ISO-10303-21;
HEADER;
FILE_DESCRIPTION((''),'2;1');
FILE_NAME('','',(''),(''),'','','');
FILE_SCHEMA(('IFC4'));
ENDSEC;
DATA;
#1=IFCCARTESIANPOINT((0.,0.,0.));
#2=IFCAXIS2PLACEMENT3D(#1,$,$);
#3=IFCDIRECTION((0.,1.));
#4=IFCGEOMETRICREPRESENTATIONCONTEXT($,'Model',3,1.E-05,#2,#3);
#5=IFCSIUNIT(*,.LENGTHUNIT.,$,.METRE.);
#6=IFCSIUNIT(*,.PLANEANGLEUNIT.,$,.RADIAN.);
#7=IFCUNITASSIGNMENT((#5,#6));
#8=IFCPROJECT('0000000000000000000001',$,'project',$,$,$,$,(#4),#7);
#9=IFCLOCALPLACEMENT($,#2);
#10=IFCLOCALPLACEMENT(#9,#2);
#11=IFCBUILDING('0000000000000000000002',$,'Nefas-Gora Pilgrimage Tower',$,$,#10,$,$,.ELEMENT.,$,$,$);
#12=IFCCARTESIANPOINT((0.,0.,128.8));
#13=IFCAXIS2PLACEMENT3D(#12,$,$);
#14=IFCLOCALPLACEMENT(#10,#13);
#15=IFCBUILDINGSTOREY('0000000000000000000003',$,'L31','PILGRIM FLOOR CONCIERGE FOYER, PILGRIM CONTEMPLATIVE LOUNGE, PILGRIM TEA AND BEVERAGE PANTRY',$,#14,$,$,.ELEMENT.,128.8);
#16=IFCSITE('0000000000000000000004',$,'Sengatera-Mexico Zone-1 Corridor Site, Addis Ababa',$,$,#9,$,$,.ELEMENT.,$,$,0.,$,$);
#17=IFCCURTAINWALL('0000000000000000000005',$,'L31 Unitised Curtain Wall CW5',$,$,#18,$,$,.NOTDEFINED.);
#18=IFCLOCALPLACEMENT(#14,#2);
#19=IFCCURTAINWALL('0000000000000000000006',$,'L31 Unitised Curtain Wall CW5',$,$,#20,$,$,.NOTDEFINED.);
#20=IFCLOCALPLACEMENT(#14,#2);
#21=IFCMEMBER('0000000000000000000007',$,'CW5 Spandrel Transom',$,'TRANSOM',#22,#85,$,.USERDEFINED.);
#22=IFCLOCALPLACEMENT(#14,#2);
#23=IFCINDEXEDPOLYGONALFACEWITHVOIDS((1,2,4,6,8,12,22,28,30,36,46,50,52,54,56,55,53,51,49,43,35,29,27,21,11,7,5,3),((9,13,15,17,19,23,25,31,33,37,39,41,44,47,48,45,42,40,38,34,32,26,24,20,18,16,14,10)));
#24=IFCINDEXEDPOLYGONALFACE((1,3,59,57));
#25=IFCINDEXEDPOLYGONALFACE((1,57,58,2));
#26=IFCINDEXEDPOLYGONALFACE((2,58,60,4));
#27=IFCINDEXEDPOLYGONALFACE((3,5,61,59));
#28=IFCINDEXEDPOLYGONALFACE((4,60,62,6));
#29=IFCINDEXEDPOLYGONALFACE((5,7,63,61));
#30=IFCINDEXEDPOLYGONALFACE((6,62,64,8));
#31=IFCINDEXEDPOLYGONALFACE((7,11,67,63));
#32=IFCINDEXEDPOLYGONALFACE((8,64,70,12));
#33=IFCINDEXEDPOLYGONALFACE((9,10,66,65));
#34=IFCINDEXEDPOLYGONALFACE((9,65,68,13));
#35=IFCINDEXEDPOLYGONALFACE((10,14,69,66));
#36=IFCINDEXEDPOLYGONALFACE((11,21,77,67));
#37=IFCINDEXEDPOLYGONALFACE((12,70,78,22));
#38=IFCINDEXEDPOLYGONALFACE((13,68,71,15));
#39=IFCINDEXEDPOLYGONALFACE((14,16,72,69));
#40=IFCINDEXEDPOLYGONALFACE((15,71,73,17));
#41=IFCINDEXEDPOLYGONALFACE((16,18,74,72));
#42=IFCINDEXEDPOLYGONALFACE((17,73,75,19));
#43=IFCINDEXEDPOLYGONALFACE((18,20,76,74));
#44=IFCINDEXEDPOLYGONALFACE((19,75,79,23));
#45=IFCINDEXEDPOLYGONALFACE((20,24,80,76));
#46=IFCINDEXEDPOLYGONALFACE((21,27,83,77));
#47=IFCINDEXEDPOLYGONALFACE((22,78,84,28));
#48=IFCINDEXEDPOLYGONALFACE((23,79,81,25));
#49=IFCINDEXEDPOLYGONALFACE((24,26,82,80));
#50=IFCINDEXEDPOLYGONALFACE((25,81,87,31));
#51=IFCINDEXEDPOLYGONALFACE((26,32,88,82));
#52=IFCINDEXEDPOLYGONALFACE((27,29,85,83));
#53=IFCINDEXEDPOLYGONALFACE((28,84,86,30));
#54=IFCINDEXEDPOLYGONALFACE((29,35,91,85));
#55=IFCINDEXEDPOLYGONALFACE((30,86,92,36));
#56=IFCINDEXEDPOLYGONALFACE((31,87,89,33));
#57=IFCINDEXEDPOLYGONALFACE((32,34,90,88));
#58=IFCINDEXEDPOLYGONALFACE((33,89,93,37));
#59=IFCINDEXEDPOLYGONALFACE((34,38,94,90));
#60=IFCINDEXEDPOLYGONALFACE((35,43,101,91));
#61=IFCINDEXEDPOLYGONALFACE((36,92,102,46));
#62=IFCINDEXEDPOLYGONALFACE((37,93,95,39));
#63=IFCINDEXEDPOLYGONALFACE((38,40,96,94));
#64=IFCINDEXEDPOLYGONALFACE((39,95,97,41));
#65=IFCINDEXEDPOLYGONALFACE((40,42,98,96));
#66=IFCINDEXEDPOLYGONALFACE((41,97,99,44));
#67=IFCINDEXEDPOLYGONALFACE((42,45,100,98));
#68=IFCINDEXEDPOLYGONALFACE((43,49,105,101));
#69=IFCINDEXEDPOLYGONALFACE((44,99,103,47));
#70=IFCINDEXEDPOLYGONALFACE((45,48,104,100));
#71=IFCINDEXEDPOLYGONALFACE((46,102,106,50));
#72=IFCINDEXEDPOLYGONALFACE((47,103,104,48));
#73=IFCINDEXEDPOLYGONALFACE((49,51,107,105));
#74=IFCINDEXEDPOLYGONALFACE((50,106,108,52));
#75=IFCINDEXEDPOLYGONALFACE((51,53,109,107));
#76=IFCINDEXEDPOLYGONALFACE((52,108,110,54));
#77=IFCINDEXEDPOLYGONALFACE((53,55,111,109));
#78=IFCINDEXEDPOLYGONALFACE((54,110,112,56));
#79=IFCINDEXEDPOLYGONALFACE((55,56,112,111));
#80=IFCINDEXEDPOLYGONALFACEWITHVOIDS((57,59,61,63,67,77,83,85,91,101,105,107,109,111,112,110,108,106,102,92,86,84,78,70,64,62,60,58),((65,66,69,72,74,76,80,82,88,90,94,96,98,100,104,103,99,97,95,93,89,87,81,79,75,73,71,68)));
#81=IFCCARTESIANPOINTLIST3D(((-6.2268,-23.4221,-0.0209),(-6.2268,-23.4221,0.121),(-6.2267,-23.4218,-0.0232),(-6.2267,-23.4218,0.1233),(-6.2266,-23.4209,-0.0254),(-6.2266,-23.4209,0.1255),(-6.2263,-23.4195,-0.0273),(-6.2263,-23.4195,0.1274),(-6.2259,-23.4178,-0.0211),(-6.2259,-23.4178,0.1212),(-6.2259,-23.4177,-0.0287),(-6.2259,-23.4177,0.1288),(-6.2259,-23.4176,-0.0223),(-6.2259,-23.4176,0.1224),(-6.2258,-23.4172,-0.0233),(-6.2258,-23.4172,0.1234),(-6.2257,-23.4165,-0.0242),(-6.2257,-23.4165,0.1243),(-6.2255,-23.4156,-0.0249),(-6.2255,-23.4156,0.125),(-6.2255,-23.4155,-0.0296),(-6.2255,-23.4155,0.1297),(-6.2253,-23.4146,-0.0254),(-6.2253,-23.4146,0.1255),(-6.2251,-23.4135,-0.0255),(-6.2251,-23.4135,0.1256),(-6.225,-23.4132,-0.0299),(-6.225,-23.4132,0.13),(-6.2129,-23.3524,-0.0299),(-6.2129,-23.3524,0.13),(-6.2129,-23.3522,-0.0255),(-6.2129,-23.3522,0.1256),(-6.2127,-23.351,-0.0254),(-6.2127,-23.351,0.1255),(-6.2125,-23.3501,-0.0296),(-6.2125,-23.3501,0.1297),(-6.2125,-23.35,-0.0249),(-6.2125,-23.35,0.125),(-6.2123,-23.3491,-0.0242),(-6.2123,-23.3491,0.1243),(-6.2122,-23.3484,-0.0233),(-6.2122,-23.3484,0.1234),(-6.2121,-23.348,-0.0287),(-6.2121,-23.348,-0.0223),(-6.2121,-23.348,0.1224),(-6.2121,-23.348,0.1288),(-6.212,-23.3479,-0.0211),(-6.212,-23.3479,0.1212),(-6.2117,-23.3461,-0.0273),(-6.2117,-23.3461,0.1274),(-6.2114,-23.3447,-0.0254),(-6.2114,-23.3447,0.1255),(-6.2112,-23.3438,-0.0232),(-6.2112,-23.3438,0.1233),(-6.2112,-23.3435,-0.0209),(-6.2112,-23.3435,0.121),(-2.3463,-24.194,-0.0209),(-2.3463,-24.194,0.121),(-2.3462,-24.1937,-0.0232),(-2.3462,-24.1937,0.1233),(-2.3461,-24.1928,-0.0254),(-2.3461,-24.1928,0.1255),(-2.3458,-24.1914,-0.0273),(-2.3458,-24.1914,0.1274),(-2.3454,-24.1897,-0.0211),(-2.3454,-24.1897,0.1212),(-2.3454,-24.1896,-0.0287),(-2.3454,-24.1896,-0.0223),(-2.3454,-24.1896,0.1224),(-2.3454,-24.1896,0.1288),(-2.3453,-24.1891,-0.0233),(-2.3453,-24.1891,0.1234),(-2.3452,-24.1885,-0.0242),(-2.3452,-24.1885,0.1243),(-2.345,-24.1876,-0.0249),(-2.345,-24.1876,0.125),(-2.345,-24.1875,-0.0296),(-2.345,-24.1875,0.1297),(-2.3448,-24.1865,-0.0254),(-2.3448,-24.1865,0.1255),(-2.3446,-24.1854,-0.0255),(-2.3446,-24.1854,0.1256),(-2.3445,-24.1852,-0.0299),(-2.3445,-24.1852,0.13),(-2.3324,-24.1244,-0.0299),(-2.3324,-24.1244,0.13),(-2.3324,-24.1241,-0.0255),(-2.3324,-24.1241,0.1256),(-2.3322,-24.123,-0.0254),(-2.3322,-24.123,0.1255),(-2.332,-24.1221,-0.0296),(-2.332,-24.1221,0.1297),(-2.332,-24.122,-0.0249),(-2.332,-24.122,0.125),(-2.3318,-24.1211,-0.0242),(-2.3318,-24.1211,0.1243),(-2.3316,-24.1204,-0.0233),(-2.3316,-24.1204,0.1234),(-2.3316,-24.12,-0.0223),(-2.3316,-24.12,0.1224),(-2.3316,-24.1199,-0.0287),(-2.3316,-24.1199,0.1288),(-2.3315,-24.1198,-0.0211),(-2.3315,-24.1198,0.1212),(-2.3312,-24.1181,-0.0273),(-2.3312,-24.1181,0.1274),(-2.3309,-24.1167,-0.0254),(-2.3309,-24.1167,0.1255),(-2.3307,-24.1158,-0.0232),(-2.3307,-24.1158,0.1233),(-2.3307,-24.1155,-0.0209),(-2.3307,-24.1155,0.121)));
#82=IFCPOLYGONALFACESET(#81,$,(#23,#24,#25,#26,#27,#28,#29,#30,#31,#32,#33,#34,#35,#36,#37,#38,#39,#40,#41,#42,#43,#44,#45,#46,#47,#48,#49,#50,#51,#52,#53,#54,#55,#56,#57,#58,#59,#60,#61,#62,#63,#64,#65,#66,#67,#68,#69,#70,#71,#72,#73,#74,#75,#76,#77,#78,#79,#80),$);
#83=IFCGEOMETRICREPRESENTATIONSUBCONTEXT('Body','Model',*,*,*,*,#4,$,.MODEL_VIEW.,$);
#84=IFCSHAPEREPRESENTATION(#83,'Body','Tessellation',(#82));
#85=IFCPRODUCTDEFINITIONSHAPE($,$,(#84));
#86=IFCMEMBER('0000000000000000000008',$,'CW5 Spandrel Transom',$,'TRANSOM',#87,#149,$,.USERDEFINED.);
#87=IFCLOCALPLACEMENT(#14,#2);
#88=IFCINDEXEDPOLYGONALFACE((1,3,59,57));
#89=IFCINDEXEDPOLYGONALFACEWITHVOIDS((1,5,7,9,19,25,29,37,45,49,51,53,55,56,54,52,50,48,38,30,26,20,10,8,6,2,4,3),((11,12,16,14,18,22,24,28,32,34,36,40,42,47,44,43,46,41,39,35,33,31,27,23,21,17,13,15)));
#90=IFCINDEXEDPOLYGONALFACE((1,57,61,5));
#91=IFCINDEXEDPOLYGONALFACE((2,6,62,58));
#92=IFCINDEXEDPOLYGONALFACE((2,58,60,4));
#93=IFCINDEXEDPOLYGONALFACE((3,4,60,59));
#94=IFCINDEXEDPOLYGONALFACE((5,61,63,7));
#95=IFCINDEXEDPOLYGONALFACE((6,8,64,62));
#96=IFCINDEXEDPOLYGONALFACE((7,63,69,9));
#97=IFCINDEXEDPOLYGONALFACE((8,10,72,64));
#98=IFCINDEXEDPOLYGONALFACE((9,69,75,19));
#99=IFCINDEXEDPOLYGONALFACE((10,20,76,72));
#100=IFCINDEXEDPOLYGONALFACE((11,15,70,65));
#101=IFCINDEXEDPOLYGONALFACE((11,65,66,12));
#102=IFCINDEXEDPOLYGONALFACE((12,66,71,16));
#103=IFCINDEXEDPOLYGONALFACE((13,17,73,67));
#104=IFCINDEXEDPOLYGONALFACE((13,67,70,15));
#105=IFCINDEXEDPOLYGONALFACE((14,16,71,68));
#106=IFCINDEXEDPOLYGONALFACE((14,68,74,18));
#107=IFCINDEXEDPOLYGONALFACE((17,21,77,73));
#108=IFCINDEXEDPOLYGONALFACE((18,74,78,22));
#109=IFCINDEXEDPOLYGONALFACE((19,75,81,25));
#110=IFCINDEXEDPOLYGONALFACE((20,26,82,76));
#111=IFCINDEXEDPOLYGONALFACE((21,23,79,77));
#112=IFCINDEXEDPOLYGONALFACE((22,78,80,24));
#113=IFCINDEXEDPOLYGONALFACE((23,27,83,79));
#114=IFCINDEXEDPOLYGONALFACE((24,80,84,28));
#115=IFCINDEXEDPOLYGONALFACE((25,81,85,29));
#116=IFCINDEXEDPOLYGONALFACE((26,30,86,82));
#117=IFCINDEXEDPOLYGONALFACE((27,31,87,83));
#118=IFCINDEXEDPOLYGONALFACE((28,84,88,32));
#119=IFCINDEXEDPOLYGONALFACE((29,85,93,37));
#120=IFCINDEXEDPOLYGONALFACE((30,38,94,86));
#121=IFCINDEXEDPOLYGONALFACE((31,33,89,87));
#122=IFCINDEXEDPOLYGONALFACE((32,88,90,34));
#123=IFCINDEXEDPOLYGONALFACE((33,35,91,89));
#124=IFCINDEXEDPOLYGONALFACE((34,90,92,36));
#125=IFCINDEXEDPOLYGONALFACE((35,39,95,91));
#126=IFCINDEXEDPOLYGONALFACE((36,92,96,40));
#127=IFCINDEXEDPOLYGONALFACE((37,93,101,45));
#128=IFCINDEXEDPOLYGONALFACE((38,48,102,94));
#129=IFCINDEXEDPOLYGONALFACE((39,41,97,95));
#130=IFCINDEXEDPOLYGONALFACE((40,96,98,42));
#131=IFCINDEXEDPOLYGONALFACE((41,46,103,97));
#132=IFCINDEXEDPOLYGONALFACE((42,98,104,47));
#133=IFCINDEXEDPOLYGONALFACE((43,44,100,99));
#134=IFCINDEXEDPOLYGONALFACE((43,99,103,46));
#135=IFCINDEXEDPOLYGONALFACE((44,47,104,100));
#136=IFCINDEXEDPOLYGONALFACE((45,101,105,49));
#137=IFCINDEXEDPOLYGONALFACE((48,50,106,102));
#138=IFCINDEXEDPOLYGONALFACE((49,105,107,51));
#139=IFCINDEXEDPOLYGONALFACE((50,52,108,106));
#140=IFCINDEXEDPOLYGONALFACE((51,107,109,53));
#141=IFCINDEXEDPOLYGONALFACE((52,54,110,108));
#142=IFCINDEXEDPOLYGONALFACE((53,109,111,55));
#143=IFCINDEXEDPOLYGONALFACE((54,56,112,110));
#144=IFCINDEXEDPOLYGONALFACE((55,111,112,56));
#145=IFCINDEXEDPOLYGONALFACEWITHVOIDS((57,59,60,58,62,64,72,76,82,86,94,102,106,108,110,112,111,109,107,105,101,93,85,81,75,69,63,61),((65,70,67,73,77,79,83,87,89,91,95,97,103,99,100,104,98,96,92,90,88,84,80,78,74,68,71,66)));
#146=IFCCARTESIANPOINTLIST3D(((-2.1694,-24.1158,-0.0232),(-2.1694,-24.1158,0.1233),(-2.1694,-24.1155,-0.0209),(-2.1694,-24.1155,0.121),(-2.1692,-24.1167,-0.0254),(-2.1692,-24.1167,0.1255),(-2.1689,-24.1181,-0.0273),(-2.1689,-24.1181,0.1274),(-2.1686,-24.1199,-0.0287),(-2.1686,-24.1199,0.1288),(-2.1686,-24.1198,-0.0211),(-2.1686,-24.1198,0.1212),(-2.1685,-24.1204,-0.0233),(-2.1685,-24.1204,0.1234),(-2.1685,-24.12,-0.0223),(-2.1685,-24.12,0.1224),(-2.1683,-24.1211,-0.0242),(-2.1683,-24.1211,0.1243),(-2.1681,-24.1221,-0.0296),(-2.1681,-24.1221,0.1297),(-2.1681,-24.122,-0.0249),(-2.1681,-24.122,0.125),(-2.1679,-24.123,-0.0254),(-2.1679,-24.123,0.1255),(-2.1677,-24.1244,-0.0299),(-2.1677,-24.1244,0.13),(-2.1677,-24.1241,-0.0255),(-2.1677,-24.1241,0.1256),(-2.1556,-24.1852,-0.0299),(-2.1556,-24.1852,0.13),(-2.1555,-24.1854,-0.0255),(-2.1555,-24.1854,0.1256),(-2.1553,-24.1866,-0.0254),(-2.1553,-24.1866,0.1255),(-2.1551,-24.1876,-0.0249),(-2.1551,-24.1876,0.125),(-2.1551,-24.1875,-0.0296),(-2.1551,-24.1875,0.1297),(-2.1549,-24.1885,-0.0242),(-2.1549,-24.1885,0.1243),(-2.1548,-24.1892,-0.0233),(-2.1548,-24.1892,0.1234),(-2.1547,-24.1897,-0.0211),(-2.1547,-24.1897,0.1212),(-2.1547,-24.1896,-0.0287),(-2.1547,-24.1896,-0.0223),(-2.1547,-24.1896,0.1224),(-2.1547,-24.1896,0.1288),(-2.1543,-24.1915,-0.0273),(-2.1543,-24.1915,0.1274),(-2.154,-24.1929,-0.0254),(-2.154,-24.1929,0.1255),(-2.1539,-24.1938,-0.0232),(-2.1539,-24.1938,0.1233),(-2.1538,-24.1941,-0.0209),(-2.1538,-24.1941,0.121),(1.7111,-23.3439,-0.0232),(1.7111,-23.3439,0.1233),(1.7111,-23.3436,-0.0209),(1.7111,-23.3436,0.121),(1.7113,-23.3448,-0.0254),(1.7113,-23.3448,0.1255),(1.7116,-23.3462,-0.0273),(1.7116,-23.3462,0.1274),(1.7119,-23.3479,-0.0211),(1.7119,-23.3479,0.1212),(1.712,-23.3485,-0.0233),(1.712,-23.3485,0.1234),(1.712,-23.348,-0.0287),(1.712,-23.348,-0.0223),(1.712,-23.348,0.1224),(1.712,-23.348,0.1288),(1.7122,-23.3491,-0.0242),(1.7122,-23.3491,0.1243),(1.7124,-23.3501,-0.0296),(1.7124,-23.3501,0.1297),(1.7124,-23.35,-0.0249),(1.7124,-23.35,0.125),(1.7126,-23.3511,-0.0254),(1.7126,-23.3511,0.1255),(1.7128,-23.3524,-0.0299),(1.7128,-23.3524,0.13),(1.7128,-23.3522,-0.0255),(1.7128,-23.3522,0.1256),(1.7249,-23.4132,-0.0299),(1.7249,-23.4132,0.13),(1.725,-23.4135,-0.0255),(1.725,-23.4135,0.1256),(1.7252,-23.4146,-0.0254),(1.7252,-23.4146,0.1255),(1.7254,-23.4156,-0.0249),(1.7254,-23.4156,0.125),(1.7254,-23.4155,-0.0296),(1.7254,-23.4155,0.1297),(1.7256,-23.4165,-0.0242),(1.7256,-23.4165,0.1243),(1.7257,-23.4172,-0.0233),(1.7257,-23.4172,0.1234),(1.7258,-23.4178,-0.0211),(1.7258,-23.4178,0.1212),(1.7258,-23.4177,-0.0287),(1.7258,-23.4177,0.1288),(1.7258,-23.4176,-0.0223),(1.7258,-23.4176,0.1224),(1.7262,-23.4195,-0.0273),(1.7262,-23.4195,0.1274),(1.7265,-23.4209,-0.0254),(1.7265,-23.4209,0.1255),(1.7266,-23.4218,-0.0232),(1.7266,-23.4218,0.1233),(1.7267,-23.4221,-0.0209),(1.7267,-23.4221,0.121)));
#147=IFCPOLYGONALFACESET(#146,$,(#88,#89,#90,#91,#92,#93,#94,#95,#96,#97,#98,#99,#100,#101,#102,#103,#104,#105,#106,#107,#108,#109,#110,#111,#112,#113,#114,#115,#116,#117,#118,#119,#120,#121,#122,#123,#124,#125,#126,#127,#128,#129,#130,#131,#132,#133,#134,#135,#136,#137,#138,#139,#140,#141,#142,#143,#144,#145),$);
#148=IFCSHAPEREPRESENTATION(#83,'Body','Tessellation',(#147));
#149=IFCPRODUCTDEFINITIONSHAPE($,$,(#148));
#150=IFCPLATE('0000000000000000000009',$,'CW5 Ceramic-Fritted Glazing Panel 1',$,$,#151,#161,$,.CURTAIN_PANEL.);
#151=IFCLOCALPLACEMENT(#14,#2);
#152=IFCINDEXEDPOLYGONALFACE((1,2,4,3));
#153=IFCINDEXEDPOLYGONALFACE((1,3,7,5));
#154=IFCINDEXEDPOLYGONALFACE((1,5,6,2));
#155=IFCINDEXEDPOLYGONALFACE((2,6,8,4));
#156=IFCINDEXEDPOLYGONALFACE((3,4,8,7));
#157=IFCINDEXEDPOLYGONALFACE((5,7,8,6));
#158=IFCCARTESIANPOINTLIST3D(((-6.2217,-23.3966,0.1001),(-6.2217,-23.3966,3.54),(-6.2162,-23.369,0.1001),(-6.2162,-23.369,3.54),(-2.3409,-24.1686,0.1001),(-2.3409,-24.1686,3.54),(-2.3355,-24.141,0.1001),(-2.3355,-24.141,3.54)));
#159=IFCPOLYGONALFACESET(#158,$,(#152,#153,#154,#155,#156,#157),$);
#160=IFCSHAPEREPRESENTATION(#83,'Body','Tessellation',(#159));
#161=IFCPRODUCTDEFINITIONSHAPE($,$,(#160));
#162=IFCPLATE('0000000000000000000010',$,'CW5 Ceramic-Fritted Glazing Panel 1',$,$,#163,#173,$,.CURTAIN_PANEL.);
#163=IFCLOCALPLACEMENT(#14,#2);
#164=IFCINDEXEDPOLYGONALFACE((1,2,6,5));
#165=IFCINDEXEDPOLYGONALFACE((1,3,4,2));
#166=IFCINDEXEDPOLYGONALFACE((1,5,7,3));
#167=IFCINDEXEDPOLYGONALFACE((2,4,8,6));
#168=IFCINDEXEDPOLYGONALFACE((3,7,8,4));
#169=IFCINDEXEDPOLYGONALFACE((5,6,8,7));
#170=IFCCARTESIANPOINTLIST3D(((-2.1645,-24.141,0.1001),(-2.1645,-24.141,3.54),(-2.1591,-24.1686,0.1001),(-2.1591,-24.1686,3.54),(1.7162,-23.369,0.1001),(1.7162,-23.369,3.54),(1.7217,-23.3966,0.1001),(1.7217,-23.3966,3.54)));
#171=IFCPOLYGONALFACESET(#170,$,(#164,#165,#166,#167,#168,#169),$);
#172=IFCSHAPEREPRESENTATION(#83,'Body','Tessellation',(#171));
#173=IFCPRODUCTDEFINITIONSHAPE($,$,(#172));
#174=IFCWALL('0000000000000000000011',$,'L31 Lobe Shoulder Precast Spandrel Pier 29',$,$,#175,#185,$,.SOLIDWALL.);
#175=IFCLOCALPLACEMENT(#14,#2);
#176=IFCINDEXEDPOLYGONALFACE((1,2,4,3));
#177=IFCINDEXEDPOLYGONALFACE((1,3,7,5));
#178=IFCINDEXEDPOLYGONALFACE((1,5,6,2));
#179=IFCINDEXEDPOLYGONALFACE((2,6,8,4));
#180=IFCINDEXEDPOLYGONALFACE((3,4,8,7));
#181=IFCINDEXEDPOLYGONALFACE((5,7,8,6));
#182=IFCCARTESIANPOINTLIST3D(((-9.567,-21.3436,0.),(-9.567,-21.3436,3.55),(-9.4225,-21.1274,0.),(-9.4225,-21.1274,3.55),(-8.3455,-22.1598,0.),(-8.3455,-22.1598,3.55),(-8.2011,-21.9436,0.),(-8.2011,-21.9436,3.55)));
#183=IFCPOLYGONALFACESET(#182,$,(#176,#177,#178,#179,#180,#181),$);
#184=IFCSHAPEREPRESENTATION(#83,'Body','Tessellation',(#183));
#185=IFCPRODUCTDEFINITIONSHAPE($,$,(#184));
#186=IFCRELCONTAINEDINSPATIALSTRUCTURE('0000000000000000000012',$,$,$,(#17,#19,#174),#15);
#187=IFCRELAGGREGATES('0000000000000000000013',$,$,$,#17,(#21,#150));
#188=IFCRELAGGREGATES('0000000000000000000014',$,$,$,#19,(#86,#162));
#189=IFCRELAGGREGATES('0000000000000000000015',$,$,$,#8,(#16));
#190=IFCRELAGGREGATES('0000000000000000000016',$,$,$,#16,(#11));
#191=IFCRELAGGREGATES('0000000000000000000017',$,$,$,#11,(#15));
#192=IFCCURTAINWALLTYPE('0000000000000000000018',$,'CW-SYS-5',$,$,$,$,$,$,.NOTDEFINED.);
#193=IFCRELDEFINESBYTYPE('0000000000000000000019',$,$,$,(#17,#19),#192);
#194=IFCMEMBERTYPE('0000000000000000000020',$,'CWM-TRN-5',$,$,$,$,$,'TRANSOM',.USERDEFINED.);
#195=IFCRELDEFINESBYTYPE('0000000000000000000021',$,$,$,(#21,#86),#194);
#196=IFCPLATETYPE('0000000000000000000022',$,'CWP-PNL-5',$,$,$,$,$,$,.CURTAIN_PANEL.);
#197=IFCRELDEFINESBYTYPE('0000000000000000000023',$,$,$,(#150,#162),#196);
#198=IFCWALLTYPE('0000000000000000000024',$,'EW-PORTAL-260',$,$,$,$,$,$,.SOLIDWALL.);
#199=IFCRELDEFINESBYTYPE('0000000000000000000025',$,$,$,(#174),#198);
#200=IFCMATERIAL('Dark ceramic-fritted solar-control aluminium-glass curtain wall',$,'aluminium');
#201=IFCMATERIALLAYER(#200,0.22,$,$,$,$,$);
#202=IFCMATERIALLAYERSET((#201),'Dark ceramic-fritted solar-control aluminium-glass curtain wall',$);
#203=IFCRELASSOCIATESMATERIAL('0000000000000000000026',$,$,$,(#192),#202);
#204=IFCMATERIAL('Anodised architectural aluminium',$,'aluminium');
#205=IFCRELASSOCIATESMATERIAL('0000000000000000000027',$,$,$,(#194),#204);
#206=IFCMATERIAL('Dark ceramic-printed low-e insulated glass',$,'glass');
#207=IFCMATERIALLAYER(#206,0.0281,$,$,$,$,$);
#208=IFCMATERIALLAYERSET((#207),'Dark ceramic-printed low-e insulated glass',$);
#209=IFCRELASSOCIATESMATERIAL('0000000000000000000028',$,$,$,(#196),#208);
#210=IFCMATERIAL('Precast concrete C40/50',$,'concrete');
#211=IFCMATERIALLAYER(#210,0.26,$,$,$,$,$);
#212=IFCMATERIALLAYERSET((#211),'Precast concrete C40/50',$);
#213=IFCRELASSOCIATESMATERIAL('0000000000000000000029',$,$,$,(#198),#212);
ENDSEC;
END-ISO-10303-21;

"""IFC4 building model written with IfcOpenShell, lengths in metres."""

from ifc_helpers import new_model, si_unit, direction, frame, frame_2d, origin, origin_2d, place, context, subcontext, project, spatial, rectangle, hollow_rectangle, extrude, source, transform, mapped, material, layer, layer_set, material_profile, profile_set, type_object, element, aggregate, save


model = new_model("IFC4")

# Units and contexts
model_context = context("Model", 3, precision=1e-05, world=origin(), true_north=direction((0.0, 1.0)))
body_context = subcontext(model_context, "Body", "Model", "MODEL_VIEW")
ifc_project = project(units=[si_unit("LENGTHUNIT", "METRE"), si_unit("PLANEANGLEUNIT", "RADIAN")], contexts=[model_context])

# Site, building, storey
site_placement = place(None, origin())
site = spatial("IfcSite", under=ifc_project, at=site_placement, Name="Sengatera-Mexico Zone-1 Corridor Site, Addis Ababa", CompositionType="ELEMENT", RefElevation=0.0)
building_placement = place(site_placement, origin())
building = spatial("IfcBuilding", under=site, at=building_placement, Name="Nefas-Gora Pilgrimage Tower", CompositionType="ELEMENT")
storey_placement = place(building_placement, frame((0.0, 0.0, 128.8)))
storey = spatial("IfcBuildingStorey", under=building, at=storey_placement, Name="L31", Description="PILGRIM FLOOR CONCIERGE FOYER, PILGRIM CONTEMPLATIVE LOUNGE, PILGRIM TEA AND BEVERAGE PANTRY", CompositionType="ELEMENT", Elevation=128.8)

# Shared definitions
ifc_material_1 = material(Name="Dark ceramic-fritted solar-control aluminium-glass curtain wall", Category="aluminium")
ifc_layer_1 = layer(ifc_material_1, 0.22)
ifc_layer_set_1 = layer_set([ifc_layer_1], Name="Dark ceramic-fritted solar-control aluminium-glass curtain wall")
curtain_wall_type = type_object("IfcCurtainWallType", Name="CW-SYS-5", PredefinedType="NOTDEFINED", material=ifc_layer_set_1)
ifc_material_2 = material(Name="Anodised architectural aluminium", Category="aluminium")

# Curtain wall
curtain_wall_1_placement = place(storey_placement, origin())
curtain_wall_1 = element("IfcCurtainWall", 1, at=curtain_wall_1_placement, inside=storey, type_object=curtain_wall_type, Name="L31 Unitised Curtain Wall CW5", PredefinedType="NOTDEFINED")

# Curtain wall
curtain_wall_2_placement = place(storey_placement, origin())
curtain_wall_2 = element("IfcCurtainWall", 2, at=curtain_wall_2_placement, inside=storey, type_object=curtain_wall_type, Name="L31 Unitised Curtain Wall CW5", PredefinedType="NOTDEFINED")

# Members
ifc_material_profile_1 = material_profile(ifc_material_2, hollow_rectangle(XDim=0.0801, YDim=0.1599, WallThickness=0.0044, InnerFilletRadius=0.0044, OuterFilletRadius=0.009, at=origin_2d()), Name="ALU TRANSOM 80x160")
ifc_profile_set_1 = profile_set([ifc_material_profile_1], Name="Anodised architectural aluminium")
member_type_1 = type_object("IfcMemberType", Name="CWM-TRN-5", ElementType="TRANSOM", PredefinedType="USERDEFINED", material=ifc_profile_set_1)
shared_shape_1 = source(origin(), body_context, "Body", "SweptSolid", [
    extrude(hollow_rectangle(XDim=0.0801, YDim=0.1599, WallThickness=0.0044, InnerFilletRadius=0.0044, OuterFilletRadius=0.009, at=origin_2d()), origin(), (0.0, 0.0, 1.0), 3.9565),
])
member_1_placement = place(storey_placement, frame((-6.219, -23.3828, 0.05), z_axis=(0.980782, -0.195107, 0.0), x_axis=(0.195107, 0.980782, 0.0)))
member_1 = element("IfcMember", 3, at=member_1_placement, type_object=member_type_1, Name="CW5 Spandrel Transom", ObjectType="TRANSOM", PredefinedType="USERDEFINED", context=body_context, shape_type="MappedRepresentation", body=[
    mapped(shared_shape_1, transform((0.0, 0.0, 0.0), x_axis=(1.0, 0.0, 0.0), y_axis=(0.0, 1.0, 0.0), z_axis=(0.0, 0.0, 1.0), scale=1.0)),
])
member_2_placement = place(storey_placement, frame((-2.1616, -24.1548, 0.05), z_axis=(0.980782, 0.195107, 0.0), x_axis=(-0.195107, 0.980782, 0.0)))
member_2 = element("IfcMember", 4, at=member_2_placement, type_object=member_type_1, Name="CW5 Spandrel Transom", ObjectType="TRANSOM", PredefinedType="USERDEFINED", context=body_context, shape_type="MappedRepresentation", body=[
    mapped(shared_shape_1, transform((0.0, 0.0, 0.0), x_axis=(1.0, 0.0, 0.0), y_axis=(0.0, 1.0, 0.0), z_axis=(0.0, 0.0, 1.0), scale=1.0)),
])

# Plates
ifc_material_3 = material(Name="Dark ceramic-printed low-e insulated glass", Category="glass")
ifc_layer_2 = layer(ifc_material_3, 0.0281)
ifc_layer_set_2 = layer_set([ifc_layer_2], Name="Dark ceramic-printed low-e insulated glass")
plate_type = type_object("IfcPlateType", Name="CWP-PNL-5", PredefinedType="CURTAIN_PANEL", material=ifc_layer_set_2)
shared_shape_2 = source(origin(), body_context, "Body", "SweptSolid", [
    extrude(rectangle(XDim=3.9568, YDim=0.0281, at=origin_2d()), origin(), (0.0, 0.0, 1.0), 3.4399),
])
plate_1_placement = place(storey_placement, frame((-4.2786, -23.7688, 0.1001), z_axis=(0.0, 0.0, 1.0), x_axis=(0.980783, -0.195102, 0.0)))
plate_1 = element("IfcPlate", 5, at=plate_1_placement, type_object=plate_type, Name="CW5 Ceramic-Fritted Glazing Panel 1", PredefinedType="CURTAIN_PANEL", context=body_context, shape_type="MappedRepresentation", body=[
    mapped(shared_shape_2, transform((0.0, 0.0, 0.0), x_axis=(1.0, 0.0, 0.0), y_axis=(0.0, 1.0, 0.0), z_axis=(0.0, 0.0, 1.0), scale=1.0)),
])
aggregate(curtain_wall_1, [member_1, plate_1])
plate_2_placement = place(storey_placement, frame((-0.2214, -23.7688, 0.1001), z_axis=(0.0, 0.0, 1.0), x_axis=(0.980783, 0.195102, 0.0)))
plate_2 = element("IfcPlate", 6, at=plate_2_placement, type_object=plate_type, Name="CW5 Ceramic-Fritted Glazing Panel 1", PredefinedType="CURTAIN_PANEL", context=body_context, shape_type="MappedRepresentation", body=[
    mapped(shared_shape_2, transform((0.0, 0.0, 0.0), x_axis=(1.0, 0.0, 0.0), y_axis=(0.0, 1.0, 0.0), z_axis=(0.0, 0.0, 1.0), scale=1.0)),
])
aggregate(curtain_wall_2, [member_2, plate_2])

# Wall
ifc_material_4 = material(Name="Precast concrete C40/50", Category="concrete")
ifc_layer_3 = layer(ifc_material_4, 0.26)
ifc_layer_set_3 = layer_set([ifc_layer_3], Name="Precast concrete C40/50")
wall_type_1 = type_object("IfcWallType", Name="EW-PORTAL-260", PredefinedType="SOLIDWALL", material=ifc_layer_set_3)
shared_shape_3 = source(origin(), body_context, "Body", "SweptSolid", [
    extrude(rectangle(XDim=1.469, YDim=0.26, at=frame_2d((0.7344, 0.0))), origin(), (0.0, 0.0, 1.0), 3.55),
])
wall_1_placement = place(storey_placement, frame((-9.4946, -21.2356, 0.0), z_axis=(0.0, 0.0, 1.0), x_axis=(0.831462, -0.555582, 0.0)))
element("IfcWall", 7, at=wall_1_placement, inside=storey, type_object=wall_type_1, Name="L31 Lobe Shoulder Precast Spandrel Pier 29", PredefinedType="SOLIDWALL", context=body_context, shape_type="MappedRepresentation", body=[
    mapped(shared_shape_3, transform((0.0, 0.0, 0.0), x_axis=(1.0, 0.0, 0.0), y_axis=(0.0, 1.0, 0.0), z_axis=(0.0, 0.0, 1.0), scale=1.0)),
])

save(model, "model.ifc")
